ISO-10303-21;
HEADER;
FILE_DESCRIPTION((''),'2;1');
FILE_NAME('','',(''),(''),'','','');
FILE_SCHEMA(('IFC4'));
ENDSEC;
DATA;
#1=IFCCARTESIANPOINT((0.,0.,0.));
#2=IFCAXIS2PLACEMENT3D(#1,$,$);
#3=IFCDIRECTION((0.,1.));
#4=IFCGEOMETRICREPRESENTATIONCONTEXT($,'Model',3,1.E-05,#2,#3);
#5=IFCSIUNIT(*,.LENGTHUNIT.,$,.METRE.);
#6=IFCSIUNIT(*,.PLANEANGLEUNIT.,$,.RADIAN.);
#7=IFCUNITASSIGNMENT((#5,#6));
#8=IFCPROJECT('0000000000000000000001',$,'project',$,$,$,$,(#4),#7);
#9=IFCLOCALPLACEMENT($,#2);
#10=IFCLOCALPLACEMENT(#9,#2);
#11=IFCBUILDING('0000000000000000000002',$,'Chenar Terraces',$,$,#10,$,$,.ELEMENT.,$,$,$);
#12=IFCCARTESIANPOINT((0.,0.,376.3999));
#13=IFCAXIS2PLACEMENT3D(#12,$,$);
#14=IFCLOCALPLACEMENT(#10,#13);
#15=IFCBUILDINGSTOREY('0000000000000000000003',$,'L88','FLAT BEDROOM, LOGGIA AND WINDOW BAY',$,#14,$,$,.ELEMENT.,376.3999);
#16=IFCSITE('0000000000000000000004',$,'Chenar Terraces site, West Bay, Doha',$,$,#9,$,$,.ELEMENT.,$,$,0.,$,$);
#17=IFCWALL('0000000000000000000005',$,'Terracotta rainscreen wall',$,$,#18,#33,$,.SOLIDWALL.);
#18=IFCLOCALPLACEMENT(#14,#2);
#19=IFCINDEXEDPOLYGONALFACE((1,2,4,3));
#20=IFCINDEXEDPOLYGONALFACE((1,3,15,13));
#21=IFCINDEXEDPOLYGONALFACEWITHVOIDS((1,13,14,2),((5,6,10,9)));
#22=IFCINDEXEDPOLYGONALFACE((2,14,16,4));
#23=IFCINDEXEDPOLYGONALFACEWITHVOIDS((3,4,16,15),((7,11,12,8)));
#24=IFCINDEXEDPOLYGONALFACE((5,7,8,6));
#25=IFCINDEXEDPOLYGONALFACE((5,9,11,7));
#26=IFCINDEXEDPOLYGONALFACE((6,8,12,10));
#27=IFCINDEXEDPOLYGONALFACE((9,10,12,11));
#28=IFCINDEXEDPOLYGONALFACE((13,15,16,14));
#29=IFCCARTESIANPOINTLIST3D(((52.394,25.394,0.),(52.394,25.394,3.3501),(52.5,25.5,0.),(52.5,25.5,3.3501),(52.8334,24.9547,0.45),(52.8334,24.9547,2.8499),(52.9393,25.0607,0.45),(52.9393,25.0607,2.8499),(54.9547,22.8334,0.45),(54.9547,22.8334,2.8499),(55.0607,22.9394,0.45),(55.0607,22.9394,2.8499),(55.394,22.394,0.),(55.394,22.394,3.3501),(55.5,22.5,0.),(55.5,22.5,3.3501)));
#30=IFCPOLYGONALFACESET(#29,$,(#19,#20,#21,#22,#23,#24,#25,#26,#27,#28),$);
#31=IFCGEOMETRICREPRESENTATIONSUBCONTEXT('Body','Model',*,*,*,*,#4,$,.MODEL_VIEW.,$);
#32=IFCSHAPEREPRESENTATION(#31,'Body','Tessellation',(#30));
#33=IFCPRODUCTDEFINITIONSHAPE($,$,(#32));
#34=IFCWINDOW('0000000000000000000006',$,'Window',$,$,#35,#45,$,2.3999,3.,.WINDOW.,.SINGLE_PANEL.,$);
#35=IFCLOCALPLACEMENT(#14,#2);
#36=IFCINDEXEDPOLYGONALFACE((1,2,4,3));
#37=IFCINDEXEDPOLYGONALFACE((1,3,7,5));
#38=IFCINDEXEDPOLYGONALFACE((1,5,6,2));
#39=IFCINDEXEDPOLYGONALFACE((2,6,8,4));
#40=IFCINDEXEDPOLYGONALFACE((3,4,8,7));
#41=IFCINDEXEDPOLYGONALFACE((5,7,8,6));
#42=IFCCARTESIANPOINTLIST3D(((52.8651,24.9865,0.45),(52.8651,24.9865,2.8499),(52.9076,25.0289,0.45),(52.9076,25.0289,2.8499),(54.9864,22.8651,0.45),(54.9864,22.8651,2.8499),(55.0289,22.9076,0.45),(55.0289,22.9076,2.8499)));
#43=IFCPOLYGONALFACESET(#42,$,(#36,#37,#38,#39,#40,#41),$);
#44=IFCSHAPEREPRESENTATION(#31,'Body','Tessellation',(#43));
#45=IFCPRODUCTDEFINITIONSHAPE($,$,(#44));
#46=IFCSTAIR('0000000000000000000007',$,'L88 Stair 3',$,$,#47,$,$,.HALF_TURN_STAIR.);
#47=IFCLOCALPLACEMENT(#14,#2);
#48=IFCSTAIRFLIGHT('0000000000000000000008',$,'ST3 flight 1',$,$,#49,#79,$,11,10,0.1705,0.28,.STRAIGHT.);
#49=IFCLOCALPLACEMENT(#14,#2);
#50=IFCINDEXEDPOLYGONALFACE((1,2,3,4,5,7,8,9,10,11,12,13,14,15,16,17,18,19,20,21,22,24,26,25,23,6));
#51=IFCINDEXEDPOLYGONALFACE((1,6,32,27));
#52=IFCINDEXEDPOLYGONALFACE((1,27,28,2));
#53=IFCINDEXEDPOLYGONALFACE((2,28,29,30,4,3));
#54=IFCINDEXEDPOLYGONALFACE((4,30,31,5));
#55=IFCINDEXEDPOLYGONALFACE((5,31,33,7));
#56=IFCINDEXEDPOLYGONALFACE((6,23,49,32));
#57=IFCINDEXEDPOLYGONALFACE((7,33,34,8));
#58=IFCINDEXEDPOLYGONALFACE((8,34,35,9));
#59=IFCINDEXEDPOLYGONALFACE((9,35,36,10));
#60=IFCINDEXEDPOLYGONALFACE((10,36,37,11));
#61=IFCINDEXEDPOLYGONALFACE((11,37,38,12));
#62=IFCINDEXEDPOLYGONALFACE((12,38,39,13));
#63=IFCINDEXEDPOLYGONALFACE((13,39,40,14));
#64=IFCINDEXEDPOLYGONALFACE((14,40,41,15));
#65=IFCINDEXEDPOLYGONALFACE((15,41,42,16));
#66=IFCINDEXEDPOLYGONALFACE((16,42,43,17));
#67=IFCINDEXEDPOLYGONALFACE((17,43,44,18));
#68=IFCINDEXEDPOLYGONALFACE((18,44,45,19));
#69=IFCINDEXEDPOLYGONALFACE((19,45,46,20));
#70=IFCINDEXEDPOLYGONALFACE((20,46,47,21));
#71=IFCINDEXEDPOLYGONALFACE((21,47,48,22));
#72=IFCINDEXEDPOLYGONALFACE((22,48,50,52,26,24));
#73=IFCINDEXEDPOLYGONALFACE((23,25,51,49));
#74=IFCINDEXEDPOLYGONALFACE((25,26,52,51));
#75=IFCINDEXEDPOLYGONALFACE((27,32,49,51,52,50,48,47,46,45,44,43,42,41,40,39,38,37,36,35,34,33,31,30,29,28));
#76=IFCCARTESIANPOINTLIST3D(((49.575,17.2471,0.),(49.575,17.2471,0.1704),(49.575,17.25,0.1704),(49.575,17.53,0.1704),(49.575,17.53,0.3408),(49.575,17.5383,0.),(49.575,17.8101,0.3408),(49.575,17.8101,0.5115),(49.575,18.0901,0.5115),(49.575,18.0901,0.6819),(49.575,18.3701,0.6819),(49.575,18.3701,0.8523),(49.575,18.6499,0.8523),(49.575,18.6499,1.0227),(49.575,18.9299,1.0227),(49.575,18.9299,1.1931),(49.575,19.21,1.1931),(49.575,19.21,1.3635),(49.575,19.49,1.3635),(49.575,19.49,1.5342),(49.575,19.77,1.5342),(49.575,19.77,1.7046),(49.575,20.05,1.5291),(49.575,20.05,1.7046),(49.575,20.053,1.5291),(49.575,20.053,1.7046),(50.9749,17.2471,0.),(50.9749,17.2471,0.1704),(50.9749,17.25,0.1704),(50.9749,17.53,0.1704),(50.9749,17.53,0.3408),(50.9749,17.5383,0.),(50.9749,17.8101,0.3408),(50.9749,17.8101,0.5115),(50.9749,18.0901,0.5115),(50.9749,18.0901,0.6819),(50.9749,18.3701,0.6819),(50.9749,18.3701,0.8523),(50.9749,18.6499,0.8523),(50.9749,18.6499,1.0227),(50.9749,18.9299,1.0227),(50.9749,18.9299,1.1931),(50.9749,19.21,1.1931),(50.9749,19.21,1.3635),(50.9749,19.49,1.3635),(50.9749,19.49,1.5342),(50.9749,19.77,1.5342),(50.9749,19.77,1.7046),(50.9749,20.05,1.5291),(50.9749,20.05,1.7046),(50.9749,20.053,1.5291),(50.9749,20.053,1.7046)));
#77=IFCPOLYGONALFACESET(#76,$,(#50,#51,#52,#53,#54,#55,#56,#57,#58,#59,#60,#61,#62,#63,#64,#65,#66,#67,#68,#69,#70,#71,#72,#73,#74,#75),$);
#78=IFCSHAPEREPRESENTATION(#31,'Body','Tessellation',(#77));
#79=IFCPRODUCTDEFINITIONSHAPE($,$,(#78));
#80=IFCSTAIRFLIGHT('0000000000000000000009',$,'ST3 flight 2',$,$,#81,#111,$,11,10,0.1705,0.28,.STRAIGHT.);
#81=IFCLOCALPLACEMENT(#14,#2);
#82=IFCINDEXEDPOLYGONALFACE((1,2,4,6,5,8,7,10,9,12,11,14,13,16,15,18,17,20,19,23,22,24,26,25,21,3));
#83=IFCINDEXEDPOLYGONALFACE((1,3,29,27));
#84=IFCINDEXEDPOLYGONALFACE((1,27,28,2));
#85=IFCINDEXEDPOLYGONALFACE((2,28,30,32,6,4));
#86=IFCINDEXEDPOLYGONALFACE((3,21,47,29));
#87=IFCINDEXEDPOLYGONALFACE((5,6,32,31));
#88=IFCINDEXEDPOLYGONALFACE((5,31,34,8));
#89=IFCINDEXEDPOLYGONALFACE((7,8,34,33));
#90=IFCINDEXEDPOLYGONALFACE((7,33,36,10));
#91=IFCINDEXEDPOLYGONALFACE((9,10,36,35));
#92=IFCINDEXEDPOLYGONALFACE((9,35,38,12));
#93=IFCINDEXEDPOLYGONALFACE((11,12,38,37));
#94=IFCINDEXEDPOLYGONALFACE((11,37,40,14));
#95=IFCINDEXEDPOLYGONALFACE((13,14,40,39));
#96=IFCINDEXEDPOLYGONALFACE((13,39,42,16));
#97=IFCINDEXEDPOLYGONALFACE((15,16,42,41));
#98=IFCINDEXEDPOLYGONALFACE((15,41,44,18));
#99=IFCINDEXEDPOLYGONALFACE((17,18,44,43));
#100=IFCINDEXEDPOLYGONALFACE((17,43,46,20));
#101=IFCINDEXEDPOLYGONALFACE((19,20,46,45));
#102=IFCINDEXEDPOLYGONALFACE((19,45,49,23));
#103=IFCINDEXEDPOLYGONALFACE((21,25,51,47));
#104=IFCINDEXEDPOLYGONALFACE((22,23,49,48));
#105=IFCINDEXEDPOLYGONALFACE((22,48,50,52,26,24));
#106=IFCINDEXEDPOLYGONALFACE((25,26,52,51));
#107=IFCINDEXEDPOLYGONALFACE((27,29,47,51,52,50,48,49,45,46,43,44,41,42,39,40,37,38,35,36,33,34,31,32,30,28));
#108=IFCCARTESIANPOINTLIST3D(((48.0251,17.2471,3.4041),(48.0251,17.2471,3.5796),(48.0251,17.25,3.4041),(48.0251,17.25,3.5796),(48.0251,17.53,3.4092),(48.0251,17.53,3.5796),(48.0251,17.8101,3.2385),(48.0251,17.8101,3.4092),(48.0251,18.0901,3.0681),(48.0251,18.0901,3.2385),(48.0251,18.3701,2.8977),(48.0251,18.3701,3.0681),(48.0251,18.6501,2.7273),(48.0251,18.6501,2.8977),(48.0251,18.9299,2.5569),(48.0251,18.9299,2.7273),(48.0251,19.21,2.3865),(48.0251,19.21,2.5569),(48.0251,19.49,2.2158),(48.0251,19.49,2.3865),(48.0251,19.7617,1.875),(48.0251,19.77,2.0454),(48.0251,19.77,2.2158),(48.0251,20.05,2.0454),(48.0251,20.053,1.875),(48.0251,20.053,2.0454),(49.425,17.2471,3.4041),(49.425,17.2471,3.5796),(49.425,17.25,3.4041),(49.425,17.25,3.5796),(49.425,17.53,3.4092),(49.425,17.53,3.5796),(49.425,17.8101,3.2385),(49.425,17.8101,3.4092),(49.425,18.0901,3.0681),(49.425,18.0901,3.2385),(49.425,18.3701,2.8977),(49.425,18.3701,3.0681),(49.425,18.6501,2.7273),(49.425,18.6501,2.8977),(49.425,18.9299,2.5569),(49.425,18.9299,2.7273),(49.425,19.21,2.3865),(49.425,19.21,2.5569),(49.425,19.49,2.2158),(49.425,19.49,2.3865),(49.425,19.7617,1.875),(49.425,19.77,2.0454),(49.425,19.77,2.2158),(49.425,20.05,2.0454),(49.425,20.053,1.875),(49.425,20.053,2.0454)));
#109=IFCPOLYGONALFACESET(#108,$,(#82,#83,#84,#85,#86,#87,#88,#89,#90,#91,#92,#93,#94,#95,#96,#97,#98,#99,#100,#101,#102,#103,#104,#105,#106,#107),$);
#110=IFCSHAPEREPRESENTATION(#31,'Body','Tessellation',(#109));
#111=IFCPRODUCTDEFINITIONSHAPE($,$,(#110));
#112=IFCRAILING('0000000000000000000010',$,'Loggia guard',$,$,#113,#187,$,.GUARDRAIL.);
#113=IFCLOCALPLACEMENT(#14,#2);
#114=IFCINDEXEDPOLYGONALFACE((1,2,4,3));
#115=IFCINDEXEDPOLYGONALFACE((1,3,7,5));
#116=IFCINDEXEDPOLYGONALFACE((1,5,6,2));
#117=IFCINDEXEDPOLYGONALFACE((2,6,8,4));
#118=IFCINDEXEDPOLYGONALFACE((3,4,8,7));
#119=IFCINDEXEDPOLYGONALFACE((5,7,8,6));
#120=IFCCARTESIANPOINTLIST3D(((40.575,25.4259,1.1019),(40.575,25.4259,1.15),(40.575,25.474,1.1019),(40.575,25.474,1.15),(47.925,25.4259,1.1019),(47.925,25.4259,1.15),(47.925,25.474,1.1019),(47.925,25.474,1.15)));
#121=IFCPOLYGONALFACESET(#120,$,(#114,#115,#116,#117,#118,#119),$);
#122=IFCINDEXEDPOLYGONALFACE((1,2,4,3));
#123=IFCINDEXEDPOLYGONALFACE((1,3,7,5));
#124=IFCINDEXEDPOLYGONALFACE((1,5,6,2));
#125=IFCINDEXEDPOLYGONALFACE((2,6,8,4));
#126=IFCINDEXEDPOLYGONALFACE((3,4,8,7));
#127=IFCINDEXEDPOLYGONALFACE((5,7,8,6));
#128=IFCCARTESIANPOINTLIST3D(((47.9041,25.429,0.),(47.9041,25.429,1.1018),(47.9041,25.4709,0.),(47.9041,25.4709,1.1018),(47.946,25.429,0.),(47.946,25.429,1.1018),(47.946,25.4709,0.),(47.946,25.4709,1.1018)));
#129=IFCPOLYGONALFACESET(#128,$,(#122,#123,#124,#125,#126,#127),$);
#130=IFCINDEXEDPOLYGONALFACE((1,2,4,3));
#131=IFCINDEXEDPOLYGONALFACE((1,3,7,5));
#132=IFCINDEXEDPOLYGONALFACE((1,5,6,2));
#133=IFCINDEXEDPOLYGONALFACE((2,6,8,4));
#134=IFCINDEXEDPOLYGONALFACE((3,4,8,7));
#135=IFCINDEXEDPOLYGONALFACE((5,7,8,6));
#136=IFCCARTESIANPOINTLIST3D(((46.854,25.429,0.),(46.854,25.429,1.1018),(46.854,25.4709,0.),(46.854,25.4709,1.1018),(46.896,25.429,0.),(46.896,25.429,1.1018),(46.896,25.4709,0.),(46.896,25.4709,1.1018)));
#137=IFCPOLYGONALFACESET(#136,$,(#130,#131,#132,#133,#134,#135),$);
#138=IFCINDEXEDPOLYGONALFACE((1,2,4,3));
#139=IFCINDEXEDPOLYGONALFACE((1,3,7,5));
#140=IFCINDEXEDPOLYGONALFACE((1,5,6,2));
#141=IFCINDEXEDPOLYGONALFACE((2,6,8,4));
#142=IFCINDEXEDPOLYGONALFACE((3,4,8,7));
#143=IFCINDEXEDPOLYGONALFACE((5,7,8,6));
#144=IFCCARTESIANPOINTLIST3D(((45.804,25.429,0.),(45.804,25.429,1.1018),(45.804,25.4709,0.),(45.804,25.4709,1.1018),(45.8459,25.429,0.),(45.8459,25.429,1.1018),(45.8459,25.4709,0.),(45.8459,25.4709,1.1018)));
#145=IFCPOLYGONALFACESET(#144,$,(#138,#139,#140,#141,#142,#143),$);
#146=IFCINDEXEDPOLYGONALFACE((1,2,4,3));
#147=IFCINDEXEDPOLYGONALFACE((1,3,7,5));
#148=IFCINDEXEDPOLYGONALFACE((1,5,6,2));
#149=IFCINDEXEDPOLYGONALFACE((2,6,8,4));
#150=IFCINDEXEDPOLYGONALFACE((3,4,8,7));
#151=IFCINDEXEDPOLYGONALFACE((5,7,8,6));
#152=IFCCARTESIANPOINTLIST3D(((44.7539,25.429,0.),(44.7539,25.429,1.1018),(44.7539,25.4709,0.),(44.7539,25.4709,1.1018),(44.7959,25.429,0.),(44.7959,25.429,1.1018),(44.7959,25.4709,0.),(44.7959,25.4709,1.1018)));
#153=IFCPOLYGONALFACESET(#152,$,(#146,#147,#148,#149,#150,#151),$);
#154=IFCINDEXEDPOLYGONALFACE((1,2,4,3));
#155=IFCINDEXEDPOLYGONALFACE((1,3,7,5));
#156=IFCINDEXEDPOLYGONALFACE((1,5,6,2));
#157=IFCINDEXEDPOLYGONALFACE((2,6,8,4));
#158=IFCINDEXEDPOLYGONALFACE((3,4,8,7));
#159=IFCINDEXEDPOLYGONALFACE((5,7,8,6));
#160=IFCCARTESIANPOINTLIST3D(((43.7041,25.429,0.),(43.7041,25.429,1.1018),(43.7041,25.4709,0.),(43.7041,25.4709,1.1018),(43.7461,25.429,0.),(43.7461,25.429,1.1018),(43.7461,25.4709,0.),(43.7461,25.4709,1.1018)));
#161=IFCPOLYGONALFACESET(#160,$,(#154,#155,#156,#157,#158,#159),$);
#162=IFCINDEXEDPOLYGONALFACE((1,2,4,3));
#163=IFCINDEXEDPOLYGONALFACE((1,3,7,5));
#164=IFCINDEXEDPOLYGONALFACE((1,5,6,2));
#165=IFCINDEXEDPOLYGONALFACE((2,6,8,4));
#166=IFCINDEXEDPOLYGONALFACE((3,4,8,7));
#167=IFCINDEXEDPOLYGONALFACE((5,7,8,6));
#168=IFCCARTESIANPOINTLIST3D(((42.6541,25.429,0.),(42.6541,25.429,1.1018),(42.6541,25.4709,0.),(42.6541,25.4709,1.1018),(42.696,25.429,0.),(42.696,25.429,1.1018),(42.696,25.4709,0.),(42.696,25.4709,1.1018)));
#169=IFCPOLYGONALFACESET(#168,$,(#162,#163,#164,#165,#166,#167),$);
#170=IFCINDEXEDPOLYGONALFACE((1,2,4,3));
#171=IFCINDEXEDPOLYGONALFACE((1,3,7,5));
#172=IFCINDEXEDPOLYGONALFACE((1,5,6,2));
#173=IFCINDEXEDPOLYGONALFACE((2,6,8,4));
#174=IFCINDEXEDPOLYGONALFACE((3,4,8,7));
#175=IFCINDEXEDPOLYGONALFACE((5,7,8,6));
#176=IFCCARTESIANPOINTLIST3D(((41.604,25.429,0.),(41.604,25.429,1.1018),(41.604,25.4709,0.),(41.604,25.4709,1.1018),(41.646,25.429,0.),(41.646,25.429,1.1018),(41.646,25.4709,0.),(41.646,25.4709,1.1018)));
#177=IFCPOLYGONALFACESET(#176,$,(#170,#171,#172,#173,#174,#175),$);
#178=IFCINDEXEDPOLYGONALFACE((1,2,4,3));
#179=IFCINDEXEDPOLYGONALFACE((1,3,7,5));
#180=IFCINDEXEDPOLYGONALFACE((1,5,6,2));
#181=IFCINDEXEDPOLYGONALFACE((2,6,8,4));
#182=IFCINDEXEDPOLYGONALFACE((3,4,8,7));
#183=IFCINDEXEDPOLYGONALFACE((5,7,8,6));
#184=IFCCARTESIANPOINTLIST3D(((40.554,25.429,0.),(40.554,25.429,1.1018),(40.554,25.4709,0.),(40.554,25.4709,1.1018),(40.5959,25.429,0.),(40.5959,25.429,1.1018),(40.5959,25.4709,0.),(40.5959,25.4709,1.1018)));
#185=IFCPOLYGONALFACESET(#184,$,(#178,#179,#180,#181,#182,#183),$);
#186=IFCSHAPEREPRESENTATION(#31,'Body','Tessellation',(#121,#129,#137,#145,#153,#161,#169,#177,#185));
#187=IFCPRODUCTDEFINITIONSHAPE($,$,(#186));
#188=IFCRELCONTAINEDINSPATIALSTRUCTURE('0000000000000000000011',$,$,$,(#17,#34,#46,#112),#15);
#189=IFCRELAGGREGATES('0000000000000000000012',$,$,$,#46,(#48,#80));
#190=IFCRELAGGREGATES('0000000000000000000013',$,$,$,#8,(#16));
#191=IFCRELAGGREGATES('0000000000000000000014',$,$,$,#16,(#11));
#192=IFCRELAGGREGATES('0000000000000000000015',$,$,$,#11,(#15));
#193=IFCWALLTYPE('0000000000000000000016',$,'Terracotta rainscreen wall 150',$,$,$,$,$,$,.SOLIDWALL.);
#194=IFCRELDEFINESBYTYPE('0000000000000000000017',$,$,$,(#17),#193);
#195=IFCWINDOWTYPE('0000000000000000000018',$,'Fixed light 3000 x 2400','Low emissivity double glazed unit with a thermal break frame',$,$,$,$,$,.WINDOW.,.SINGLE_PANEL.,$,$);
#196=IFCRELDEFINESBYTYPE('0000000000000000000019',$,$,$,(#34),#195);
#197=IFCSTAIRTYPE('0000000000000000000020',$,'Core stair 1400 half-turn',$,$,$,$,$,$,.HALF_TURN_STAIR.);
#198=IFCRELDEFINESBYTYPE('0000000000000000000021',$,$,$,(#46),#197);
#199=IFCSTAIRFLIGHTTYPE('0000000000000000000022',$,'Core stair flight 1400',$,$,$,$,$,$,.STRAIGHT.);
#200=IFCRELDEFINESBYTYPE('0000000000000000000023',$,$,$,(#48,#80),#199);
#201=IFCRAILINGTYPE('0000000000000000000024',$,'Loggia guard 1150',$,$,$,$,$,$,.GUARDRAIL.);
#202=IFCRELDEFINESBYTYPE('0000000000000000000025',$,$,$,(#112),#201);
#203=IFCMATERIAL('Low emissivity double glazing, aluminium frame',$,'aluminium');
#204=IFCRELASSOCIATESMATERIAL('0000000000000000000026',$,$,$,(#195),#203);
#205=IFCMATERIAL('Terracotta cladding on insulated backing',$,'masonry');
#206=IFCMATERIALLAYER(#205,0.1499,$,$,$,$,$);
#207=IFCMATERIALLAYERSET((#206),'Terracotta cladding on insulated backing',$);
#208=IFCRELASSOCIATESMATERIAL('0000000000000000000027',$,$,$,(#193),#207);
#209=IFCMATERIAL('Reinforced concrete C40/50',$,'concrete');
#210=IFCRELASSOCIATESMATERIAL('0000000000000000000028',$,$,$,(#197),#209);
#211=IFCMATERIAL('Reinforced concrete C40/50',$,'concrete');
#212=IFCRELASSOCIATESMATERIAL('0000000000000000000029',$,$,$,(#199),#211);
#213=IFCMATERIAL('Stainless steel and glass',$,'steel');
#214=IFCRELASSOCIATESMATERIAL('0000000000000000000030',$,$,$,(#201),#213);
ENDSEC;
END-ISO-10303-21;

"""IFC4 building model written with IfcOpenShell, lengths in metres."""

from ifc_helpers import new_model, si_unit, direction, frame, frame_2d, origin, origin_2d, place, context, subcontext, project, spatial, polyline, rectangle, outline, extrude, material, layer, layer_set, type_object, element, fill, aggregate, save


model = new_model("IFC4")

# Units and contexts
model_context = context("Model", 3, precision=1e-05, world=origin(), true_north=direction((0.0, 1.0)))
body_context = subcontext(model_context, "Body", "Model", "MODEL_VIEW")
ifc_project = project(units=[si_unit("LENGTHUNIT", "METRE"), si_unit("PLANEANGLEUNIT", "RADIAN")], contexts=[model_context])

# Site, building, storey
site_placement = place(None, origin())
site = spatial("IfcSite", under=ifc_project, at=site_placement, Name="Chenar Terraces site, West Bay, Doha", CompositionType="ELEMENT", RefElevation=0.0)
building_placement = place(site_placement, origin())
building = spatial("IfcBuilding", under=site, at=building_placement, Name="Chenar Terraces", CompositionType="ELEMENT")
storey_placement = place(building_placement, frame((0.0, 0.0, 376.3999)))
storey = spatial("IfcBuildingStorey", under=building, at=storey_placement, Name="L88", Description="FLAT BEDROOM, LOGGIA AND WINDOW BAY", CompositionType="ELEMENT", Elevation=376.3999)

# Shared definitions
ifc_material_1 = material(Name="Low emissivity double glazing, aluminium frame", Category="aluminium")
window_type_1 = type_object("IfcWindowType", Name="Fixed light 3000 x 2400", Description="Low emissivity double glazed unit with a thermal break frame", PartitioningType="SINGLE_PANEL", PredefinedType="WINDOW", material=ifc_material_1)

# Wall, opening, window
ifc_material_2 = material(Name="Terracotta cladding on insulated backing", Category="masonry")
ifc_layer_1 = layer(ifc_material_2, 0.1499)
ifc_layer_set_1 = layer_set([ifc_layer_1], Name="Terracotta cladding on insulated backing")
wall_type_1 = type_object("IfcWallType", Name="Terracotta rainscreen wall 150", PredefinedType="SOLIDWALL", material=ifc_layer_set_1)
wall_1_placement = place(storey_placement, frame((55.447, 22.447, 0.0), z_axis=(0.0, 0.0, 1.0), x_axis=(-0.707107, 0.707107, 0.0)))
wall_1 = element("IfcWall", 1, at=wall_1_placement, inside=storey, type_object=wall_type_1, Name="Terracotta rainscreen wall", PredefinedType="SOLIDWALL", context=body_context, shape_type="SweptSolid", body=[
    extrude(rectangle(XDim=4.2427, YDim=0.1499, at=frame_2d((2.1213, 0.0))), origin(), (0.0, 0.0, 1.0), 3.3501),
])
opening_1_placement = place(wall_1_placement, frame((0.6213, 0.0, 0.45)))
opening_1 = element("IfcOpeningElement", 2, at=opening_1_placement, cuts=wall_1, PredefinedType="OPENING", context=body_context, shape_type="SweptSolid", body=[
    extrude(rectangle(XDim=3.0, YDim=2.3999, at=frame_2d((1.5, 1.2))), frame((0.0, 0.085, 0.0), z_axis=(0.0, -1.0, 0.0), x_axis=(1.0, 0.0, 0.0)), (0.0, 0.0, 1.0), 0.1699),
])
window_1_placement = place(opening_1_placement, origin())
window_1 = element("IfcWindow", 3, at=window_1_placement, inside=storey, type_object=window_type_1, Name="Window", OverallHeight=2.3999, OverallWidth=3.0, PartitioningType="SINGLE_PANEL", PredefinedType="WINDOW", context=body_context, shape_type="SweptSolid", body=[
    extrude(rectangle(XDim=3.0, YDim=2.3999, at=frame_2d((1.5, 1.2))), frame((0.0, 0.03, 0.0), z_axis=(0.0, -1.0, 0.0), x_axis=(1.0, 0.0, 0.0)), (0.0, 0.0, 1.0), 0.0601),
])
fill(opening_1, window_1)

# Stair, stair flights
ifc_material_3 = material(Name="Reinforced concrete C40/50", Category="concrete")
stair_type = type_object("IfcStairType", Name="Core stair 1400 half-turn", PredefinedType="HALF_TURN_STAIR", material=ifc_material_3)
stair_placement = place(storey_placement, origin())
stair = element("IfcStair", 4, at=stair_placement, inside=storey, type_object=stair_type, Name="L88 Stair 3", PredefinedType="HALF_TURN_STAIR")
ifc_material_4 = material(Name="Reinforced concrete C40/50", Category="concrete")
stair_flight_type = type_object("IfcStairFlightType", Name="Core stair flight 1400", PredefinedType="STRAIGHT", material=ifc_material_4)
stair_flight_1_placement = place(storey_placement, frame((50.2749, 17.25, 0.0), z_axis=(0.0, 0.0, 1.0), x_axis=(0.0, 1.0, 0.0)))
stair_flight_1 = element("IfcStairFlight", 5, at=stair_flight_1_placement, type_object=stair_flight_type, Name="ST3 flight 1", NumberOfRisers=11, NumberOfTreads=10, PredefinedType="STRAIGHT", RiserHeight=0.1705, TreadLength=0.28, context=body_context, shape_type="SweptSolid", body=[
    extrude(outline(polyline([(-0.0029, 0.0), (-0.0029, 0.1704), (0.0, 0.1704), (0.28, 0.1704), (0.28, 0.3408), (0.5601, 0.3408), (0.5601, 0.5115), (0.8401, 0.5115), (0.8401, 0.6819), (1.1201, 0.6819), (1.1201, 0.8523), (1.3999, 0.8523), (1.3999, 1.0227), (1.6799, 1.0227), (1.6799, 1.1931), (1.96, 1.1931), (1.96, 1.3635), (2.24, 1.3635), (2.24, 1.5342), (2.52, 1.5342), (2.52, 1.7046), (2.8, 1.7046), (2.803, 1.7046), (2.803, 1.5291), (2.8, 1.5291), (0.2883, 0.0), (-0.0029, 0.0)])), frame((0.0, 0.7, 0.0), z_axis=(0.0, -1.0, 0.0), x_axis=(1.0, 0.0, 0.0)), (0.0, 0.0, 1.0), 1.3999),
])
stair_flight_2_placement = place(storey_placement, frame((48.7251, 20.05, 1.875), z_axis=(0.0, 0.0, 1.0), x_axis=(0.0, -1.0, 0.0)))
stair_flight_2 = element("IfcStairFlight", 6, at=stair_flight_2_placement, type_object=stair_flight_type, Name="ST3 flight 2", NumberOfRisers=11, NumberOfTreads=10, PredefinedType="STRAIGHT", RiserHeight=0.1705, TreadLength=0.28, context=body_context, shape_type="SweptSolid", body=[
    extrude(outline(polyline([(-0.0029, 0.0), (-0.0029, 0.1704), (0.0, 0.1704), (0.28, 0.1704), (0.28, 0.3408), (0.5601, 0.3408), (0.5601, 0.5115), (0.8401, 0.5115), (0.8401, 0.6819), (1.1201, 0.6819), (1.1201, 0.8523), (1.3999, 0.8523), (1.3999, 1.0227), (1.6799, 1.0227), (1.6799, 1.1931), (1.96, 1.1931), (1.96, 1.3635), (2.24, 1.3635), (2.24, 1.5342), (2.52, 1.5342), (2.52, 1.7046), (2.8, 1.7046), (2.803, 1.7046), (2.803, 1.5291), (2.8, 1.5291), (0.2883, 0.0), (-0.0029, 0.0)])), frame((0.0, 0.7, 0.0), z_axis=(0.0, -1.0, 0.0), x_axis=(1.0, 0.0, 0.0)), (0.0, 0.0, 1.0), 1.3999),
])
aggregate(stair, [stair_flight_1, stair_flight_2])

# Railing
ifc_material_5 = material(Name="Stainless steel and glass", Category="steel")
railing_type_1 = type_object("IfcRailingType", Name="Loggia guard 1150", PredefinedType="GUARDRAIL", material=ifc_material_5)
railing_1_placement = place(storey_placement, frame((47.925, 25.45, 0.0)))
element("IfcRailing", 7, at=railing_1_placement, inside=storey, type_object=railing_type_1, Name="Loggia guard", PredefinedType="GUARDRAIL", context=body_context, shape_type="SweptSolid", body=[
    extrude(rectangle(XDim=0.0481, YDim=0.0481, at=origin_2d()), frame((0.0, 0.0, 1.126), z_axis=(-1.0, 0.0, 0.0), x_axis=(0.0, -1.0, 0.0)), (0.0, 0.0, 1.0), 7.3501),
    extrude(rectangle(XDim=0.042, YDim=0.042, at=origin_2d()), origin(), (0.0, 0.0, 1.0), 1.1018),
    extrude(rectangle(XDim=0.042, YDim=0.042, at=origin_2d()), frame((-1.05, 0.0, 0.0)), (0.0, 0.0, 1.0), 1.1018),
    extrude(rectangle(XDim=0.042, YDim=0.042, at=origin_2d()), frame((-2.1001, 0.0, 0.0)), (0.0, 0.0, 1.0), 1.1018),
    extrude(rectangle(XDim=0.042, YDim=0.042, at=origin_2d()), frame((-3.1501, 0.0, 0.0)), (0.0, 0.0, 1.0), 1.1018),
    extrude(rectangle(XDim=0.042, YDim=0.042, at=origin_2d()), frame((-4.2, 0.0, 0.0)), (0.0, 0.0, 1.0), 1.1018),
    extrude(rectangle(XDim=0.042, YDim=0.042, at=origin_2d()), frame((-5.25, 0.0, 0.0)), (0.0, 0.0, 1.0), 1.1018),
    extrude(rectangle(XDim=0.042, YDim=0.042, at=origin_2d()), frame((-6.3, 0.0, 0.0)), (0.0, 0.0, 1.0), 1.1018),
    extrude(rectangle(XDim=0.042, YDim=0.042, at=origin_2d()), frame((-7.3501, 0.0, 0.0)), (0.0, 0.0, 1.0), 1.1018),
])

save(model, "model.ifc")
